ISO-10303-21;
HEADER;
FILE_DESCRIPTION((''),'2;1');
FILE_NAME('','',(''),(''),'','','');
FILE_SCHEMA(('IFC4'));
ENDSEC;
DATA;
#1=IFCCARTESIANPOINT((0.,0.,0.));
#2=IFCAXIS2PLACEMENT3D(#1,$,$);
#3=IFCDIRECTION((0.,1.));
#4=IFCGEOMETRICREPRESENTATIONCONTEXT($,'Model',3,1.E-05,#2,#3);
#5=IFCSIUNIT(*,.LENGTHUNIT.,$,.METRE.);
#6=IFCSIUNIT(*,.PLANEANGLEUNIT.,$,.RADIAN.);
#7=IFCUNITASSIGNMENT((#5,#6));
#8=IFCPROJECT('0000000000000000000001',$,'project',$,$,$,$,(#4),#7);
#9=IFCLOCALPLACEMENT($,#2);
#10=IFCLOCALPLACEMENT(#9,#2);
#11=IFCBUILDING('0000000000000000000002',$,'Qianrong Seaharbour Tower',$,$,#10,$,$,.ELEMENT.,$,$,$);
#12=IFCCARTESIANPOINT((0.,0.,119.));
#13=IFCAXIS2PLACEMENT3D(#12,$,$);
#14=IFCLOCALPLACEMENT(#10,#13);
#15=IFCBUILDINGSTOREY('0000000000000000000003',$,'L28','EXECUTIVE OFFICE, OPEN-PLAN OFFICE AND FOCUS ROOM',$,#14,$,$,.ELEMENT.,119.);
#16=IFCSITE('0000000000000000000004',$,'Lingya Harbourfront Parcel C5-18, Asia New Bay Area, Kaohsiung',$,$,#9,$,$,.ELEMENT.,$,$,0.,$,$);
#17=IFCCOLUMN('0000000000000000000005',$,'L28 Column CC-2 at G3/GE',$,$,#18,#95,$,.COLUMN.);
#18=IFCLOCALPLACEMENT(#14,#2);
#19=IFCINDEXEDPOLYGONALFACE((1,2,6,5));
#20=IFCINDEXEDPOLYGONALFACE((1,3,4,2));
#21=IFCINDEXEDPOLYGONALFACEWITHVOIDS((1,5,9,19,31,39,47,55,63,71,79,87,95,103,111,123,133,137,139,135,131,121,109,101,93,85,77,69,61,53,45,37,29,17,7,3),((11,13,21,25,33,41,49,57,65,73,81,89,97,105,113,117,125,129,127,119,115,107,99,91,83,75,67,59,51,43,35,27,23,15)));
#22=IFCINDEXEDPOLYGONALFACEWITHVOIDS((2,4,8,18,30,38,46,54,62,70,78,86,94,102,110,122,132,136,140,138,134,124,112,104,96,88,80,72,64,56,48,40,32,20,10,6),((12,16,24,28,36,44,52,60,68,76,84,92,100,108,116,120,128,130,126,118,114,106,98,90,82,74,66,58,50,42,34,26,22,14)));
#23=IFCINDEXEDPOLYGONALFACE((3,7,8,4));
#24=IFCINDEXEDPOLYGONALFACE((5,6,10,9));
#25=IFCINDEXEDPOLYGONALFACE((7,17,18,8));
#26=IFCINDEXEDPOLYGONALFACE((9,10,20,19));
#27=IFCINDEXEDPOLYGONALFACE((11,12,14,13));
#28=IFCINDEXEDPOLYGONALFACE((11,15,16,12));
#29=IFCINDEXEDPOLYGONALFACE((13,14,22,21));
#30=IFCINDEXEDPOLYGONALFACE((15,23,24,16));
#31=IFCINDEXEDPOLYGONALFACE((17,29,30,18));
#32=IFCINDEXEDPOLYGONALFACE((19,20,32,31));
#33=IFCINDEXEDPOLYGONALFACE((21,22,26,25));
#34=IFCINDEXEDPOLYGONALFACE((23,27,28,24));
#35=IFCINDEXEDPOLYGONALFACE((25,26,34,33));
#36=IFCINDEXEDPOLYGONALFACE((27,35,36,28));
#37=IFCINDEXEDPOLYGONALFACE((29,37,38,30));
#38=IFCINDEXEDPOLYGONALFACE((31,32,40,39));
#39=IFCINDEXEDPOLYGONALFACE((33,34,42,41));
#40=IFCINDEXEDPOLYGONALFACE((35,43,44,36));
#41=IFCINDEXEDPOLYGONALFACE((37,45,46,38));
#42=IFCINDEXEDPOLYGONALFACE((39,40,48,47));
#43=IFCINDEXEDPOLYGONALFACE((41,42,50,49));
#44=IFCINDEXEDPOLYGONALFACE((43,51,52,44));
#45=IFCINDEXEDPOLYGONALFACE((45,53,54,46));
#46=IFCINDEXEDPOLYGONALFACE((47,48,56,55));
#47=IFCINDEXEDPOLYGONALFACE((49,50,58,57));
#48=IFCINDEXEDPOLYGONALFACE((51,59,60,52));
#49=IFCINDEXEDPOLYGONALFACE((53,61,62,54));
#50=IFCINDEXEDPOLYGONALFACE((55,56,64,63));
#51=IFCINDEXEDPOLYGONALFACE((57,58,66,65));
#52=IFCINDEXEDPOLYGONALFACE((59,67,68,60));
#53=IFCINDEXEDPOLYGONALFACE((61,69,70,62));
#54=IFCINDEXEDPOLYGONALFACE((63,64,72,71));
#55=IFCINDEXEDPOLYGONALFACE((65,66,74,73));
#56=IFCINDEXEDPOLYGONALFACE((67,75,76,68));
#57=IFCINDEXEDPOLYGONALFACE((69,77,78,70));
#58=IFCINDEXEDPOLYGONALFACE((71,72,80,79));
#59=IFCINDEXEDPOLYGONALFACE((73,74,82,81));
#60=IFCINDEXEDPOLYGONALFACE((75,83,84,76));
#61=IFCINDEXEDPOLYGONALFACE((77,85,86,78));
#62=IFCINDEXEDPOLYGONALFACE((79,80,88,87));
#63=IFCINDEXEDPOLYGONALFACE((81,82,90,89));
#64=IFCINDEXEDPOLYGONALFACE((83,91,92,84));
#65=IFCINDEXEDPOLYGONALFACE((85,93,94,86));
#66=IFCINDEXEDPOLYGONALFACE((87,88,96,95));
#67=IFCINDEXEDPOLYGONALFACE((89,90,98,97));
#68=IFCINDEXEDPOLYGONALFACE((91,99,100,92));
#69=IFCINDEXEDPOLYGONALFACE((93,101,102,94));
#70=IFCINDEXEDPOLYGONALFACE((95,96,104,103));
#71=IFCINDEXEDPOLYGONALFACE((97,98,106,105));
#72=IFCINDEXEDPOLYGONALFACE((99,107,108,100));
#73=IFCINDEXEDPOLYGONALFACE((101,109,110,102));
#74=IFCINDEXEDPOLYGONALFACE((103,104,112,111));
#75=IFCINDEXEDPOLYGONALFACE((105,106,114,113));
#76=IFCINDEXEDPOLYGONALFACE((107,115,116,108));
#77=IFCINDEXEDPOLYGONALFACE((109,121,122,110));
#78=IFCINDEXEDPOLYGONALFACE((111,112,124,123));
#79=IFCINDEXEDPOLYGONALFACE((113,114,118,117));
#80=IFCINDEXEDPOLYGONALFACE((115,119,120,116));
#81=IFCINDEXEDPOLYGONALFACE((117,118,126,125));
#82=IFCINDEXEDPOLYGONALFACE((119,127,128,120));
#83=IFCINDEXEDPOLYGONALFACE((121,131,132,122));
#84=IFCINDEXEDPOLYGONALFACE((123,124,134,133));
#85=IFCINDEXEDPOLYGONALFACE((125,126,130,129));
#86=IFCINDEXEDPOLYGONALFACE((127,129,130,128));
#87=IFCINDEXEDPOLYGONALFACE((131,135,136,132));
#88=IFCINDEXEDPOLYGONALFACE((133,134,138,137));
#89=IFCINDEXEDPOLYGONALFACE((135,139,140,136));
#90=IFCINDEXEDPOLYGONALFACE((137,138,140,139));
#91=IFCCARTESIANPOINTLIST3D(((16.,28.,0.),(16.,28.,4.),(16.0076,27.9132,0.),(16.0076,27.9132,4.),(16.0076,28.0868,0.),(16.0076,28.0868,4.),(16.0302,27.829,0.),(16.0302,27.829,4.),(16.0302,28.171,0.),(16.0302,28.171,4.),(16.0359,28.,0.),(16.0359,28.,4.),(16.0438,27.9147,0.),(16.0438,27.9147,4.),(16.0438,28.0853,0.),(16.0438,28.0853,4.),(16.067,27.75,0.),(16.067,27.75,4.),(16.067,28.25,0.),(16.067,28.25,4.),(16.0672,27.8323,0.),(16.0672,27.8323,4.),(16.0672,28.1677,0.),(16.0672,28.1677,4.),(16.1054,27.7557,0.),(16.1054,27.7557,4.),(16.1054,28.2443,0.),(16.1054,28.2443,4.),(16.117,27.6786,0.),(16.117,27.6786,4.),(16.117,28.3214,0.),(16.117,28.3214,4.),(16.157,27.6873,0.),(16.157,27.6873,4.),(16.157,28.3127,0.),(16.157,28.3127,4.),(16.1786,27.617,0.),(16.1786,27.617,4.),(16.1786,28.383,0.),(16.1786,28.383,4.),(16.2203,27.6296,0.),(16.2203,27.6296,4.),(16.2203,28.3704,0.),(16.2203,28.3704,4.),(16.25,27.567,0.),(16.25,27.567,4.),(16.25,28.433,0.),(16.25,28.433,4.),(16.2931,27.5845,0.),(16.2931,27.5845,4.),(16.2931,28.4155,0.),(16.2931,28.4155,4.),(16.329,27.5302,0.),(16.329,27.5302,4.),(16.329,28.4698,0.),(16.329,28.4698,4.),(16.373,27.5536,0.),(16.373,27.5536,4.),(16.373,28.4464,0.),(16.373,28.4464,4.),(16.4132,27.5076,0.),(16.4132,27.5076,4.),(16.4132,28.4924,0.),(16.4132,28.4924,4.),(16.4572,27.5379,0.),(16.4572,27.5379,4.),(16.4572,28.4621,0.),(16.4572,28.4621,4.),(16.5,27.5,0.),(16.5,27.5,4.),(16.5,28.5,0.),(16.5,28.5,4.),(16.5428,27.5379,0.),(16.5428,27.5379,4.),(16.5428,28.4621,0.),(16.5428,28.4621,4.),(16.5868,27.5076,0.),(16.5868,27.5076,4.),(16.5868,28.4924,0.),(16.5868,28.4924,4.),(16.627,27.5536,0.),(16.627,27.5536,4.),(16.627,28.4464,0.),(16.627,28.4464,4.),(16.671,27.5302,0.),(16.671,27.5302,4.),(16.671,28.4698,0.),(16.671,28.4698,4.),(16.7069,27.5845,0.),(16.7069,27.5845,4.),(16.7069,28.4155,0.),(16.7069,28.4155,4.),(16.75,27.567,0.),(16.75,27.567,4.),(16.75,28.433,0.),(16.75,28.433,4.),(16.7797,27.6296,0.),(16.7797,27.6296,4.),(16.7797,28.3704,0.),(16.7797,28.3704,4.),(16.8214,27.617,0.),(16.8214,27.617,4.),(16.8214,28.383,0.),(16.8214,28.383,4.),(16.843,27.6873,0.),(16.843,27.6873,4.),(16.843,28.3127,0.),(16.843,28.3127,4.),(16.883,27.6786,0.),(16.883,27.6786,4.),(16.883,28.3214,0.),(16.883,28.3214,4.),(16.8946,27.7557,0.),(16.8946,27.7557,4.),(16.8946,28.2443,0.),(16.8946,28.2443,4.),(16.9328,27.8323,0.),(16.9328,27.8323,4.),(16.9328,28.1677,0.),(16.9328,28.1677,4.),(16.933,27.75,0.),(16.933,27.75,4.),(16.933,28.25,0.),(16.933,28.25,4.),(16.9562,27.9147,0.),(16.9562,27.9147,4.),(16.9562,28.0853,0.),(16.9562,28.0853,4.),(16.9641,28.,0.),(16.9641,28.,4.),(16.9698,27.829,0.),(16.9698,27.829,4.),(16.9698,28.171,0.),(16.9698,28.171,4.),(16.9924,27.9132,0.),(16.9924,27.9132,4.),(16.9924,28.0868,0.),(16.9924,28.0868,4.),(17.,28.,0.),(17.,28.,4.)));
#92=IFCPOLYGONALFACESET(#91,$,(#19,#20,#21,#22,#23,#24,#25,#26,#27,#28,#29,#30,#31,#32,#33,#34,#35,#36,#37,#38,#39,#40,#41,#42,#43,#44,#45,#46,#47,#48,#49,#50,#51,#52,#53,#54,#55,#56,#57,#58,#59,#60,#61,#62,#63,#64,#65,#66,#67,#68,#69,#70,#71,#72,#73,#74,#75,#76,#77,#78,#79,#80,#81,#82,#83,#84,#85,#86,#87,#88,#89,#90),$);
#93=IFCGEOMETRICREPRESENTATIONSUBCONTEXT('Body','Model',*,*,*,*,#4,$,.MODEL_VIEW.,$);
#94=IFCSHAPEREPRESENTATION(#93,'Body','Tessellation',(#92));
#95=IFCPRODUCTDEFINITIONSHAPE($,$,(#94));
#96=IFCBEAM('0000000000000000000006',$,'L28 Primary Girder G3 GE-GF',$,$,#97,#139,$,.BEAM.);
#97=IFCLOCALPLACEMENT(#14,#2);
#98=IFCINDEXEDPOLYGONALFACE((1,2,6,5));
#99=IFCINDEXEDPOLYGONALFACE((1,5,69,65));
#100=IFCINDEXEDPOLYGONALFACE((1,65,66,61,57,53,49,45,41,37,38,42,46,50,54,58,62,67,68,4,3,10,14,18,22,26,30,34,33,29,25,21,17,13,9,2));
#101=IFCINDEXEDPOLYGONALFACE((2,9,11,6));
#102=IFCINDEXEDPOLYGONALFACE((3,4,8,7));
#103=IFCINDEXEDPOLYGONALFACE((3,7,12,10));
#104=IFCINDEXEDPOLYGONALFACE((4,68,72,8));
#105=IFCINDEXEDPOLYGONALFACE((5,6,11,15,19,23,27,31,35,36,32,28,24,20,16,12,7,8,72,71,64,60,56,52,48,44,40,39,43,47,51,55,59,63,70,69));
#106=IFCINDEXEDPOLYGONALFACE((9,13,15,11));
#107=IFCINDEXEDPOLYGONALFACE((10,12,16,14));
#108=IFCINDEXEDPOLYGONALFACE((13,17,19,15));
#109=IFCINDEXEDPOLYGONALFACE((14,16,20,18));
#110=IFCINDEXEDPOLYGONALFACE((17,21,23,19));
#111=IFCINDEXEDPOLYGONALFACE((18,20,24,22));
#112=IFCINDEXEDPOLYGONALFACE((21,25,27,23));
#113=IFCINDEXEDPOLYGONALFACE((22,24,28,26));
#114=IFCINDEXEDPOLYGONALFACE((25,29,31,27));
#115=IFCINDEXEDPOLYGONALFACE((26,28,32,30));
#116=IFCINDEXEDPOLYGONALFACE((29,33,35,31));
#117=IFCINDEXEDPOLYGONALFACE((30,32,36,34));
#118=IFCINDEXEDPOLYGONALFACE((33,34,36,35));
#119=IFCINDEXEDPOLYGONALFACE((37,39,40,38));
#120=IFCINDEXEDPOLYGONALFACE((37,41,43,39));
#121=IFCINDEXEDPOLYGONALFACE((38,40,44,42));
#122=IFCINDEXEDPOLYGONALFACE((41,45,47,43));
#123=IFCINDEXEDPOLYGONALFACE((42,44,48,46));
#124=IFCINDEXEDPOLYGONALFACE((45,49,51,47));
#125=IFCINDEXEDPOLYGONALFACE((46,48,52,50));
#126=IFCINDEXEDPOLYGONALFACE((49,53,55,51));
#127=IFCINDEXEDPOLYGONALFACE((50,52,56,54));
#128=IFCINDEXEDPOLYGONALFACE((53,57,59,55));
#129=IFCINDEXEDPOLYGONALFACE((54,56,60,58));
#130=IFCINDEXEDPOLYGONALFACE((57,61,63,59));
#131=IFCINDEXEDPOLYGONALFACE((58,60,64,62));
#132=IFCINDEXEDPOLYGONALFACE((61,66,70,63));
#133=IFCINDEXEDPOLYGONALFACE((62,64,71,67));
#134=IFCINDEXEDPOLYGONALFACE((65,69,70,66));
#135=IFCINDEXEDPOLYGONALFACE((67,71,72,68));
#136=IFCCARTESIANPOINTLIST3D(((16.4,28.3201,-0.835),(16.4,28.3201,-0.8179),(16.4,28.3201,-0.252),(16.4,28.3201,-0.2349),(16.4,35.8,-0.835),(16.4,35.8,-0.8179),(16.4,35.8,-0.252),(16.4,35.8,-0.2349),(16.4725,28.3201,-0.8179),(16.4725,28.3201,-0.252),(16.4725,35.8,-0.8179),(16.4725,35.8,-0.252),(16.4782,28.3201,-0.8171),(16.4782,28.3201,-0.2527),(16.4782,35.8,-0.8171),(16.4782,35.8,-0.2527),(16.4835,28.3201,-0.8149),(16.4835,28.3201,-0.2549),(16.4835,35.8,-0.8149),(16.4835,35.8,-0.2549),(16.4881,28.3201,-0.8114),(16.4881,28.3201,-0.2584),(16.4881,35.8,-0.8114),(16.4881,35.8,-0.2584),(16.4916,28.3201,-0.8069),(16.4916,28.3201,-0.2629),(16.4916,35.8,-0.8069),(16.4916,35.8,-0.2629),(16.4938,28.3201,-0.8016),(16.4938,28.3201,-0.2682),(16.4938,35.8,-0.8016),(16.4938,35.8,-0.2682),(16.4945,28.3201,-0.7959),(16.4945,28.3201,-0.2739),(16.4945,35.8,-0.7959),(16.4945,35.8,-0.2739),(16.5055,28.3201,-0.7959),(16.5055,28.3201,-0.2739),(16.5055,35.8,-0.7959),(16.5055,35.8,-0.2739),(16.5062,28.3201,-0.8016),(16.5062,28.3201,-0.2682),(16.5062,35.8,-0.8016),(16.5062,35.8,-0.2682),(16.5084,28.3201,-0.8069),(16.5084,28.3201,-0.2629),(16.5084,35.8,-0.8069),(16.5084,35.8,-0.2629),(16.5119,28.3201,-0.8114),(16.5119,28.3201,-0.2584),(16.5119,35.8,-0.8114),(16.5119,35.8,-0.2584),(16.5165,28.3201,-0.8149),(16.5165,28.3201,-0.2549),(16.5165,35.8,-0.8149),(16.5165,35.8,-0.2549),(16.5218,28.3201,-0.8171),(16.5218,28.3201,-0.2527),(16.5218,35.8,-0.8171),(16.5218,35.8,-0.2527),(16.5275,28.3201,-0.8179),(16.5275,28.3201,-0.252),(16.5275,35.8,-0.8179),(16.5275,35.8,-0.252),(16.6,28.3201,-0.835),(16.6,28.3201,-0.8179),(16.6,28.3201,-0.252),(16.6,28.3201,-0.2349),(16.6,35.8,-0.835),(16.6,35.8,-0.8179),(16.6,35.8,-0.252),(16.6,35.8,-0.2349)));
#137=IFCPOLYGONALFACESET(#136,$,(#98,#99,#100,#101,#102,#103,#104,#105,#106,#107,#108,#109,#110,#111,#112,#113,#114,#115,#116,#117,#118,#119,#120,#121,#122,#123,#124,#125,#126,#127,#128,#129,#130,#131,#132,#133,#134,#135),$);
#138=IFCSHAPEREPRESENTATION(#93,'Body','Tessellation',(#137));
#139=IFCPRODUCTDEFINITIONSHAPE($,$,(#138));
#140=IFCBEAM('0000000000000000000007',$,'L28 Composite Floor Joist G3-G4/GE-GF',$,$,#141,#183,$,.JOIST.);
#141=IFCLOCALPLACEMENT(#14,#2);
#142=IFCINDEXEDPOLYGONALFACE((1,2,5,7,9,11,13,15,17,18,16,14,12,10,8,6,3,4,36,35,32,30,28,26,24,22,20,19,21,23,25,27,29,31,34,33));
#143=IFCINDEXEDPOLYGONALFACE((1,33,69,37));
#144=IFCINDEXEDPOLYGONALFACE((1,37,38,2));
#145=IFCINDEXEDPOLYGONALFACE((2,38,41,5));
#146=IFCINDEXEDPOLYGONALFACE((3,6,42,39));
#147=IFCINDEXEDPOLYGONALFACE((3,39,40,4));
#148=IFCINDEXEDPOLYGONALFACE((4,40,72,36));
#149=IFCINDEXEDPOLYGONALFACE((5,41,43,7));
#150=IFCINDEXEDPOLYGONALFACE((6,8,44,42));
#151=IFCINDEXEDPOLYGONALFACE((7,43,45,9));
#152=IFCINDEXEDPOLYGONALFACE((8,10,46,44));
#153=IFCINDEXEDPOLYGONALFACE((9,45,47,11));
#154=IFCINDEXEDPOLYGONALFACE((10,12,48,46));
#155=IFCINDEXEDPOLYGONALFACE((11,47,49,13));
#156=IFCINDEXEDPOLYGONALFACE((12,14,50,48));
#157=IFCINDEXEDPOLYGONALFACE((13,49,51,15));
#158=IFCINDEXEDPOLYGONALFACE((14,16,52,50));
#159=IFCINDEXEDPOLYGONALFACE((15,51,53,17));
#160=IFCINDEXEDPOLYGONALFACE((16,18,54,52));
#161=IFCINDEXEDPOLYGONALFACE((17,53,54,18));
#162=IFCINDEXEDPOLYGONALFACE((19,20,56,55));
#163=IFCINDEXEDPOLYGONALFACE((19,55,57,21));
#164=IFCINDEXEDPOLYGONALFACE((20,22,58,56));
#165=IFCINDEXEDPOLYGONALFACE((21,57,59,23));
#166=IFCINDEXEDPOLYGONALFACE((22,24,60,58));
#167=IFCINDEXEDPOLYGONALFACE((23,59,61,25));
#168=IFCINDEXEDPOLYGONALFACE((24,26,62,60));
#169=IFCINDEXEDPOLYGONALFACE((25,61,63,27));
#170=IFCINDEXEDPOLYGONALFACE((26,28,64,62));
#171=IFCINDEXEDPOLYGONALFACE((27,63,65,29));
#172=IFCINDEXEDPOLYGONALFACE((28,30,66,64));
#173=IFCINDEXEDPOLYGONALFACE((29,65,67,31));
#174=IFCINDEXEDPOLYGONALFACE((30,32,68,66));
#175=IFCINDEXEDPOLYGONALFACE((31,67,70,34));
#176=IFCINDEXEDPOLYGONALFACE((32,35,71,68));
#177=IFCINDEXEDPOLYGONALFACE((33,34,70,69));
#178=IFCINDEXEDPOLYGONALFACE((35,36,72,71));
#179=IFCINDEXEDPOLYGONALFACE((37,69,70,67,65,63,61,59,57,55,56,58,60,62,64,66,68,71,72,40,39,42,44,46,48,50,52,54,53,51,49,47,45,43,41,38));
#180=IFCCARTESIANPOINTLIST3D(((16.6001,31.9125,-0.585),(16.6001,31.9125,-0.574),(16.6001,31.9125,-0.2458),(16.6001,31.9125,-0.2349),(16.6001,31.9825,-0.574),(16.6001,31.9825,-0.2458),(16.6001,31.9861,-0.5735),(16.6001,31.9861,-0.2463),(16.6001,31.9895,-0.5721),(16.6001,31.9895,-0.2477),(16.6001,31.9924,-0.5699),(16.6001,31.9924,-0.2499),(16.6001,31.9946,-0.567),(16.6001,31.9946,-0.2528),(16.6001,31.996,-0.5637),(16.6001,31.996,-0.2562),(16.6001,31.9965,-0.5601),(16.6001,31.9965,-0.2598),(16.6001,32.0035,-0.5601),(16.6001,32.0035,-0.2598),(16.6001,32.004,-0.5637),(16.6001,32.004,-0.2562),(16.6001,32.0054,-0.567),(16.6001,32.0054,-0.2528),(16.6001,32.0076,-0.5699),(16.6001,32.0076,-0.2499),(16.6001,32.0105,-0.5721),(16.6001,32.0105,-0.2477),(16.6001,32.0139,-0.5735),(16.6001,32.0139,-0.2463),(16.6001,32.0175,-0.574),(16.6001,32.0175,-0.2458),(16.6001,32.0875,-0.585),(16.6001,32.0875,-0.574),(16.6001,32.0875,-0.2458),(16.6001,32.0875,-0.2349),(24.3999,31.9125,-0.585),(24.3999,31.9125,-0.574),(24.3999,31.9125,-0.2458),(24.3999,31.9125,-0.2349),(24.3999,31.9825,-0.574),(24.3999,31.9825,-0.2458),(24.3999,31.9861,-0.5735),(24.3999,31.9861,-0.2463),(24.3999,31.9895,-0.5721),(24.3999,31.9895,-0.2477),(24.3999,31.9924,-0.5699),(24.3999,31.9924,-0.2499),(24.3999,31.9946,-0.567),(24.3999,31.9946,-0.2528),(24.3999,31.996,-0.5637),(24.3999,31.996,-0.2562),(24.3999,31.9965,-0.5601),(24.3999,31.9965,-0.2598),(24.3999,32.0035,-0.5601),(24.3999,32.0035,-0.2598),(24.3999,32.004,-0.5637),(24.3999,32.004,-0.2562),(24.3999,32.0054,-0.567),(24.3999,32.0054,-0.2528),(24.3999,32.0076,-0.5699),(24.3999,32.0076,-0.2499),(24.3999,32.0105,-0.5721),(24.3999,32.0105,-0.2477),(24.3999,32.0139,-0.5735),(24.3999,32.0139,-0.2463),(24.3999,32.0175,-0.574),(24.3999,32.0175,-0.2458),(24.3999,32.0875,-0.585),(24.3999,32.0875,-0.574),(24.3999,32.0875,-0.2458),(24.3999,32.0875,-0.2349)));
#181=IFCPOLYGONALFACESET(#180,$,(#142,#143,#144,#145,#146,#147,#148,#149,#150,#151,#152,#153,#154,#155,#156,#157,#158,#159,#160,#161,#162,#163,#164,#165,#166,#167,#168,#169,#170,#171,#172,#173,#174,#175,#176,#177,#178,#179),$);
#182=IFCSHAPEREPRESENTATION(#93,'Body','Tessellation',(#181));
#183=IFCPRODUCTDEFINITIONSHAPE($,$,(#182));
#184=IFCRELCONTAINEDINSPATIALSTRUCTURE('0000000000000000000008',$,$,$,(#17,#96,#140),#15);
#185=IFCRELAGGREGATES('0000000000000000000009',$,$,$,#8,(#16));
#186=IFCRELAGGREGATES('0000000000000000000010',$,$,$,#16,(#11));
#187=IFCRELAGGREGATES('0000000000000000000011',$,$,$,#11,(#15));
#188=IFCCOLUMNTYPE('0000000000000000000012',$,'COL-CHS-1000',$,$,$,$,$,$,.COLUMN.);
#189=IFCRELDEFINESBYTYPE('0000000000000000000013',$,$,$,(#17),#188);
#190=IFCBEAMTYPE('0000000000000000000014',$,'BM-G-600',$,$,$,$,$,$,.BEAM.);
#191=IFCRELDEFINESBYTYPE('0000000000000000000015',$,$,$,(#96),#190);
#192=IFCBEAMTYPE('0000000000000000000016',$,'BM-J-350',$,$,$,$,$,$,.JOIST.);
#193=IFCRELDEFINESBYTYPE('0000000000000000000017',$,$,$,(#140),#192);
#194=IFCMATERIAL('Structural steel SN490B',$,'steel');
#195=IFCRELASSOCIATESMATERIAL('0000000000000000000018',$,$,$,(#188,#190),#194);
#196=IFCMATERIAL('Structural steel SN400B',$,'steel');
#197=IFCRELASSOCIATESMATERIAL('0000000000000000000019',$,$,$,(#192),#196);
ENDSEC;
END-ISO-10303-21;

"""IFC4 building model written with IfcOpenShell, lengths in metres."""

from ifc_helpers import new_model, si_unit, direction, frame, origin, origin_2d, place, context, subcontext, project, spatial, hollow_circle, i_section, extrude, material, material_profile, profile_set, type_object, element, save


model = new_model("IFC4")

# Units and contexts
model_context = context("Model", 3, precision=1e-05, world=origin(), true_north=direction((0.0, 1.0)))
body_context = subcontext(model_context, "Body", "Model", "MODEL_VIEW")
ifc_project = project(units=[si_unit("LENGTHUNIT", "METRE"), si_unit("PLANEANGLEUNIT", "RADIAN")], contexts=[model_context])

# Site, building, storey
site_placement = place(None, origin())
site = spatial("IfcSite", under=ifc_project, at=site_placement, Name="Lingya Harbourfront Parcel C5-18, Asia New Bay Area, Kaohsiung", CompositionType="ELEMENT", RefElevation=0.0)
building_placement = place(site_placement, origin())
building = spatial("IfcBuilding", under=site, at=building_placement, Name="Qianrong Seaharbour Tower", CompositionType="ELEMENT")
storey_placement = place(building_placement, frame((0.0, 0.0, 119.0)))
storey = spatial("IfcBuildingStorey", under=building, at=storey_placement, Name="L28", Description="EXECUTIVE OFFICE, OPEN-PLAN OFFICE AND FOCUS ROOM", CompositionType="ELEMENT", Elevation=119.0)

# Column
ifc_material_1 = material(Name="Structural steel SN490B", Category="steel")
ifc_material_profile_1 = material_profile(ifc_material_1, hollow_circle(Radius=0.5, WallThickness=0.0359, at=origin_2d()), Name="CHS1000x36")
ifc_profile_set_1 = profile_set([ifc_material_profile_1], Name="Structural steel SN490B")
column_type = type_object("IfcColumnType", Name="COL-CHS-1000", PredefinedType="COLUMN", material=ifc_profile_set_1)
column_placement = place(storey_placement, frame((16.5, 28.0, 0.0), z_axis=(0.0, 0.0, 1.0), x_axis=(1.0, 0.0, 0.0)))
element("IfcColumn", 1, at=column_placement, inside=storey, type_object=column_type, Name="L28 Column CC-2 at G3/GE", PredefinedType="COLUMN", context=body_context, shape_type="SweptSolid", body=[
    extrude(hollow_circle(Radius=0.5, WallThickness=0.0359, at=origin_2d()), origin(), (0.0, 0.0, 1.0), 4.0),
])

# Beams
ifc_material_profile_2 = material_profile(ifc_material_1, i_section(OverallWidth=0.2, OverallDepth=0.6001, WebThickness=0.011, FlangeThickness=0.0171, FilletRadius=0.022, at=origin_2d()), Name="H600x200x11x17")
ifc_profile_set_2 = profile_set([ifc_material_profile_2], Name="Structural steel SN490B")
beam_type_1 = type_object("IfcBeamType", Name="BM-G-600", PredefinedType="BEAM", material=ifc_profile_set_2)
beam_1_placement = place(storey_placement, frame((16.5, 28.3201, -0.5349), z_axis=(0.0, 1.0, 0.0), x_axis=(-1.0, 0.0, 0.0)))
element("IfcBeam", 2, at=beam_1_placement, inside=storey, type_object=beam_type_1, Name="L28 Primary Girder G3 GE-GF", PredefinedType="BEAM", context=body_context, shape_type="SweptSolid", body=[
    extrude(i_section(OverallWidth=0.2, OverallDepth=0.6001, WebThickness=0.011, FlangeThickness=0.0171, FilletRadius=0.022, at=origin_2d()), origin(), (0.0, 0.0, 1.0), 7.48),
])
ifc_material_2 = material(Name="Structural steel SN400B", Category="steel")
ifc_material_profile_3 = material_profile(ifc_material_2, i_section(OverallWidth=0.175, OverallDepth=0.3501, WebThickness=0.0071, FlangeThickness=0.011, FilletRadius=0.0139, at=origin_2d()), Name="H350x175x7x11")
ifc_profile_set_3 = profile_set([ifc_material_profile_3], Name="Structural steel SN400B")
beam_type_2 = type_object("IfcBeamType", Name="BM-J-350", PredefinedType="JOIST", material=ifc_profile_set_3)
beam_2_placement = place(storey_placement, frame((16.6001, 32.0, -0.4099), z_axis=(1.0, 0.0, 0.0), x_axis=(0.0, 1.0, 0.0)))
element("IfcBeam", 3, at=beam_2_placement, inside=storey, type_object=beam_type_2, Name="L28 Composite Floor Joist G3-G4/GE-GF", PredefinedType="JOIST", context=body_context, shape_type="SweptSolid", body=[
    extrude(i_section(OverallWidth=0.175, OverallDepth=0.3501, WebThickness=0.0071, FlangeThickness=0.011, FilletRadius=0.0139, at=origin_2d()), origin(), (0.0, 0.0, 1.0), 7.7998),
])

save(model, "model.ifc")
